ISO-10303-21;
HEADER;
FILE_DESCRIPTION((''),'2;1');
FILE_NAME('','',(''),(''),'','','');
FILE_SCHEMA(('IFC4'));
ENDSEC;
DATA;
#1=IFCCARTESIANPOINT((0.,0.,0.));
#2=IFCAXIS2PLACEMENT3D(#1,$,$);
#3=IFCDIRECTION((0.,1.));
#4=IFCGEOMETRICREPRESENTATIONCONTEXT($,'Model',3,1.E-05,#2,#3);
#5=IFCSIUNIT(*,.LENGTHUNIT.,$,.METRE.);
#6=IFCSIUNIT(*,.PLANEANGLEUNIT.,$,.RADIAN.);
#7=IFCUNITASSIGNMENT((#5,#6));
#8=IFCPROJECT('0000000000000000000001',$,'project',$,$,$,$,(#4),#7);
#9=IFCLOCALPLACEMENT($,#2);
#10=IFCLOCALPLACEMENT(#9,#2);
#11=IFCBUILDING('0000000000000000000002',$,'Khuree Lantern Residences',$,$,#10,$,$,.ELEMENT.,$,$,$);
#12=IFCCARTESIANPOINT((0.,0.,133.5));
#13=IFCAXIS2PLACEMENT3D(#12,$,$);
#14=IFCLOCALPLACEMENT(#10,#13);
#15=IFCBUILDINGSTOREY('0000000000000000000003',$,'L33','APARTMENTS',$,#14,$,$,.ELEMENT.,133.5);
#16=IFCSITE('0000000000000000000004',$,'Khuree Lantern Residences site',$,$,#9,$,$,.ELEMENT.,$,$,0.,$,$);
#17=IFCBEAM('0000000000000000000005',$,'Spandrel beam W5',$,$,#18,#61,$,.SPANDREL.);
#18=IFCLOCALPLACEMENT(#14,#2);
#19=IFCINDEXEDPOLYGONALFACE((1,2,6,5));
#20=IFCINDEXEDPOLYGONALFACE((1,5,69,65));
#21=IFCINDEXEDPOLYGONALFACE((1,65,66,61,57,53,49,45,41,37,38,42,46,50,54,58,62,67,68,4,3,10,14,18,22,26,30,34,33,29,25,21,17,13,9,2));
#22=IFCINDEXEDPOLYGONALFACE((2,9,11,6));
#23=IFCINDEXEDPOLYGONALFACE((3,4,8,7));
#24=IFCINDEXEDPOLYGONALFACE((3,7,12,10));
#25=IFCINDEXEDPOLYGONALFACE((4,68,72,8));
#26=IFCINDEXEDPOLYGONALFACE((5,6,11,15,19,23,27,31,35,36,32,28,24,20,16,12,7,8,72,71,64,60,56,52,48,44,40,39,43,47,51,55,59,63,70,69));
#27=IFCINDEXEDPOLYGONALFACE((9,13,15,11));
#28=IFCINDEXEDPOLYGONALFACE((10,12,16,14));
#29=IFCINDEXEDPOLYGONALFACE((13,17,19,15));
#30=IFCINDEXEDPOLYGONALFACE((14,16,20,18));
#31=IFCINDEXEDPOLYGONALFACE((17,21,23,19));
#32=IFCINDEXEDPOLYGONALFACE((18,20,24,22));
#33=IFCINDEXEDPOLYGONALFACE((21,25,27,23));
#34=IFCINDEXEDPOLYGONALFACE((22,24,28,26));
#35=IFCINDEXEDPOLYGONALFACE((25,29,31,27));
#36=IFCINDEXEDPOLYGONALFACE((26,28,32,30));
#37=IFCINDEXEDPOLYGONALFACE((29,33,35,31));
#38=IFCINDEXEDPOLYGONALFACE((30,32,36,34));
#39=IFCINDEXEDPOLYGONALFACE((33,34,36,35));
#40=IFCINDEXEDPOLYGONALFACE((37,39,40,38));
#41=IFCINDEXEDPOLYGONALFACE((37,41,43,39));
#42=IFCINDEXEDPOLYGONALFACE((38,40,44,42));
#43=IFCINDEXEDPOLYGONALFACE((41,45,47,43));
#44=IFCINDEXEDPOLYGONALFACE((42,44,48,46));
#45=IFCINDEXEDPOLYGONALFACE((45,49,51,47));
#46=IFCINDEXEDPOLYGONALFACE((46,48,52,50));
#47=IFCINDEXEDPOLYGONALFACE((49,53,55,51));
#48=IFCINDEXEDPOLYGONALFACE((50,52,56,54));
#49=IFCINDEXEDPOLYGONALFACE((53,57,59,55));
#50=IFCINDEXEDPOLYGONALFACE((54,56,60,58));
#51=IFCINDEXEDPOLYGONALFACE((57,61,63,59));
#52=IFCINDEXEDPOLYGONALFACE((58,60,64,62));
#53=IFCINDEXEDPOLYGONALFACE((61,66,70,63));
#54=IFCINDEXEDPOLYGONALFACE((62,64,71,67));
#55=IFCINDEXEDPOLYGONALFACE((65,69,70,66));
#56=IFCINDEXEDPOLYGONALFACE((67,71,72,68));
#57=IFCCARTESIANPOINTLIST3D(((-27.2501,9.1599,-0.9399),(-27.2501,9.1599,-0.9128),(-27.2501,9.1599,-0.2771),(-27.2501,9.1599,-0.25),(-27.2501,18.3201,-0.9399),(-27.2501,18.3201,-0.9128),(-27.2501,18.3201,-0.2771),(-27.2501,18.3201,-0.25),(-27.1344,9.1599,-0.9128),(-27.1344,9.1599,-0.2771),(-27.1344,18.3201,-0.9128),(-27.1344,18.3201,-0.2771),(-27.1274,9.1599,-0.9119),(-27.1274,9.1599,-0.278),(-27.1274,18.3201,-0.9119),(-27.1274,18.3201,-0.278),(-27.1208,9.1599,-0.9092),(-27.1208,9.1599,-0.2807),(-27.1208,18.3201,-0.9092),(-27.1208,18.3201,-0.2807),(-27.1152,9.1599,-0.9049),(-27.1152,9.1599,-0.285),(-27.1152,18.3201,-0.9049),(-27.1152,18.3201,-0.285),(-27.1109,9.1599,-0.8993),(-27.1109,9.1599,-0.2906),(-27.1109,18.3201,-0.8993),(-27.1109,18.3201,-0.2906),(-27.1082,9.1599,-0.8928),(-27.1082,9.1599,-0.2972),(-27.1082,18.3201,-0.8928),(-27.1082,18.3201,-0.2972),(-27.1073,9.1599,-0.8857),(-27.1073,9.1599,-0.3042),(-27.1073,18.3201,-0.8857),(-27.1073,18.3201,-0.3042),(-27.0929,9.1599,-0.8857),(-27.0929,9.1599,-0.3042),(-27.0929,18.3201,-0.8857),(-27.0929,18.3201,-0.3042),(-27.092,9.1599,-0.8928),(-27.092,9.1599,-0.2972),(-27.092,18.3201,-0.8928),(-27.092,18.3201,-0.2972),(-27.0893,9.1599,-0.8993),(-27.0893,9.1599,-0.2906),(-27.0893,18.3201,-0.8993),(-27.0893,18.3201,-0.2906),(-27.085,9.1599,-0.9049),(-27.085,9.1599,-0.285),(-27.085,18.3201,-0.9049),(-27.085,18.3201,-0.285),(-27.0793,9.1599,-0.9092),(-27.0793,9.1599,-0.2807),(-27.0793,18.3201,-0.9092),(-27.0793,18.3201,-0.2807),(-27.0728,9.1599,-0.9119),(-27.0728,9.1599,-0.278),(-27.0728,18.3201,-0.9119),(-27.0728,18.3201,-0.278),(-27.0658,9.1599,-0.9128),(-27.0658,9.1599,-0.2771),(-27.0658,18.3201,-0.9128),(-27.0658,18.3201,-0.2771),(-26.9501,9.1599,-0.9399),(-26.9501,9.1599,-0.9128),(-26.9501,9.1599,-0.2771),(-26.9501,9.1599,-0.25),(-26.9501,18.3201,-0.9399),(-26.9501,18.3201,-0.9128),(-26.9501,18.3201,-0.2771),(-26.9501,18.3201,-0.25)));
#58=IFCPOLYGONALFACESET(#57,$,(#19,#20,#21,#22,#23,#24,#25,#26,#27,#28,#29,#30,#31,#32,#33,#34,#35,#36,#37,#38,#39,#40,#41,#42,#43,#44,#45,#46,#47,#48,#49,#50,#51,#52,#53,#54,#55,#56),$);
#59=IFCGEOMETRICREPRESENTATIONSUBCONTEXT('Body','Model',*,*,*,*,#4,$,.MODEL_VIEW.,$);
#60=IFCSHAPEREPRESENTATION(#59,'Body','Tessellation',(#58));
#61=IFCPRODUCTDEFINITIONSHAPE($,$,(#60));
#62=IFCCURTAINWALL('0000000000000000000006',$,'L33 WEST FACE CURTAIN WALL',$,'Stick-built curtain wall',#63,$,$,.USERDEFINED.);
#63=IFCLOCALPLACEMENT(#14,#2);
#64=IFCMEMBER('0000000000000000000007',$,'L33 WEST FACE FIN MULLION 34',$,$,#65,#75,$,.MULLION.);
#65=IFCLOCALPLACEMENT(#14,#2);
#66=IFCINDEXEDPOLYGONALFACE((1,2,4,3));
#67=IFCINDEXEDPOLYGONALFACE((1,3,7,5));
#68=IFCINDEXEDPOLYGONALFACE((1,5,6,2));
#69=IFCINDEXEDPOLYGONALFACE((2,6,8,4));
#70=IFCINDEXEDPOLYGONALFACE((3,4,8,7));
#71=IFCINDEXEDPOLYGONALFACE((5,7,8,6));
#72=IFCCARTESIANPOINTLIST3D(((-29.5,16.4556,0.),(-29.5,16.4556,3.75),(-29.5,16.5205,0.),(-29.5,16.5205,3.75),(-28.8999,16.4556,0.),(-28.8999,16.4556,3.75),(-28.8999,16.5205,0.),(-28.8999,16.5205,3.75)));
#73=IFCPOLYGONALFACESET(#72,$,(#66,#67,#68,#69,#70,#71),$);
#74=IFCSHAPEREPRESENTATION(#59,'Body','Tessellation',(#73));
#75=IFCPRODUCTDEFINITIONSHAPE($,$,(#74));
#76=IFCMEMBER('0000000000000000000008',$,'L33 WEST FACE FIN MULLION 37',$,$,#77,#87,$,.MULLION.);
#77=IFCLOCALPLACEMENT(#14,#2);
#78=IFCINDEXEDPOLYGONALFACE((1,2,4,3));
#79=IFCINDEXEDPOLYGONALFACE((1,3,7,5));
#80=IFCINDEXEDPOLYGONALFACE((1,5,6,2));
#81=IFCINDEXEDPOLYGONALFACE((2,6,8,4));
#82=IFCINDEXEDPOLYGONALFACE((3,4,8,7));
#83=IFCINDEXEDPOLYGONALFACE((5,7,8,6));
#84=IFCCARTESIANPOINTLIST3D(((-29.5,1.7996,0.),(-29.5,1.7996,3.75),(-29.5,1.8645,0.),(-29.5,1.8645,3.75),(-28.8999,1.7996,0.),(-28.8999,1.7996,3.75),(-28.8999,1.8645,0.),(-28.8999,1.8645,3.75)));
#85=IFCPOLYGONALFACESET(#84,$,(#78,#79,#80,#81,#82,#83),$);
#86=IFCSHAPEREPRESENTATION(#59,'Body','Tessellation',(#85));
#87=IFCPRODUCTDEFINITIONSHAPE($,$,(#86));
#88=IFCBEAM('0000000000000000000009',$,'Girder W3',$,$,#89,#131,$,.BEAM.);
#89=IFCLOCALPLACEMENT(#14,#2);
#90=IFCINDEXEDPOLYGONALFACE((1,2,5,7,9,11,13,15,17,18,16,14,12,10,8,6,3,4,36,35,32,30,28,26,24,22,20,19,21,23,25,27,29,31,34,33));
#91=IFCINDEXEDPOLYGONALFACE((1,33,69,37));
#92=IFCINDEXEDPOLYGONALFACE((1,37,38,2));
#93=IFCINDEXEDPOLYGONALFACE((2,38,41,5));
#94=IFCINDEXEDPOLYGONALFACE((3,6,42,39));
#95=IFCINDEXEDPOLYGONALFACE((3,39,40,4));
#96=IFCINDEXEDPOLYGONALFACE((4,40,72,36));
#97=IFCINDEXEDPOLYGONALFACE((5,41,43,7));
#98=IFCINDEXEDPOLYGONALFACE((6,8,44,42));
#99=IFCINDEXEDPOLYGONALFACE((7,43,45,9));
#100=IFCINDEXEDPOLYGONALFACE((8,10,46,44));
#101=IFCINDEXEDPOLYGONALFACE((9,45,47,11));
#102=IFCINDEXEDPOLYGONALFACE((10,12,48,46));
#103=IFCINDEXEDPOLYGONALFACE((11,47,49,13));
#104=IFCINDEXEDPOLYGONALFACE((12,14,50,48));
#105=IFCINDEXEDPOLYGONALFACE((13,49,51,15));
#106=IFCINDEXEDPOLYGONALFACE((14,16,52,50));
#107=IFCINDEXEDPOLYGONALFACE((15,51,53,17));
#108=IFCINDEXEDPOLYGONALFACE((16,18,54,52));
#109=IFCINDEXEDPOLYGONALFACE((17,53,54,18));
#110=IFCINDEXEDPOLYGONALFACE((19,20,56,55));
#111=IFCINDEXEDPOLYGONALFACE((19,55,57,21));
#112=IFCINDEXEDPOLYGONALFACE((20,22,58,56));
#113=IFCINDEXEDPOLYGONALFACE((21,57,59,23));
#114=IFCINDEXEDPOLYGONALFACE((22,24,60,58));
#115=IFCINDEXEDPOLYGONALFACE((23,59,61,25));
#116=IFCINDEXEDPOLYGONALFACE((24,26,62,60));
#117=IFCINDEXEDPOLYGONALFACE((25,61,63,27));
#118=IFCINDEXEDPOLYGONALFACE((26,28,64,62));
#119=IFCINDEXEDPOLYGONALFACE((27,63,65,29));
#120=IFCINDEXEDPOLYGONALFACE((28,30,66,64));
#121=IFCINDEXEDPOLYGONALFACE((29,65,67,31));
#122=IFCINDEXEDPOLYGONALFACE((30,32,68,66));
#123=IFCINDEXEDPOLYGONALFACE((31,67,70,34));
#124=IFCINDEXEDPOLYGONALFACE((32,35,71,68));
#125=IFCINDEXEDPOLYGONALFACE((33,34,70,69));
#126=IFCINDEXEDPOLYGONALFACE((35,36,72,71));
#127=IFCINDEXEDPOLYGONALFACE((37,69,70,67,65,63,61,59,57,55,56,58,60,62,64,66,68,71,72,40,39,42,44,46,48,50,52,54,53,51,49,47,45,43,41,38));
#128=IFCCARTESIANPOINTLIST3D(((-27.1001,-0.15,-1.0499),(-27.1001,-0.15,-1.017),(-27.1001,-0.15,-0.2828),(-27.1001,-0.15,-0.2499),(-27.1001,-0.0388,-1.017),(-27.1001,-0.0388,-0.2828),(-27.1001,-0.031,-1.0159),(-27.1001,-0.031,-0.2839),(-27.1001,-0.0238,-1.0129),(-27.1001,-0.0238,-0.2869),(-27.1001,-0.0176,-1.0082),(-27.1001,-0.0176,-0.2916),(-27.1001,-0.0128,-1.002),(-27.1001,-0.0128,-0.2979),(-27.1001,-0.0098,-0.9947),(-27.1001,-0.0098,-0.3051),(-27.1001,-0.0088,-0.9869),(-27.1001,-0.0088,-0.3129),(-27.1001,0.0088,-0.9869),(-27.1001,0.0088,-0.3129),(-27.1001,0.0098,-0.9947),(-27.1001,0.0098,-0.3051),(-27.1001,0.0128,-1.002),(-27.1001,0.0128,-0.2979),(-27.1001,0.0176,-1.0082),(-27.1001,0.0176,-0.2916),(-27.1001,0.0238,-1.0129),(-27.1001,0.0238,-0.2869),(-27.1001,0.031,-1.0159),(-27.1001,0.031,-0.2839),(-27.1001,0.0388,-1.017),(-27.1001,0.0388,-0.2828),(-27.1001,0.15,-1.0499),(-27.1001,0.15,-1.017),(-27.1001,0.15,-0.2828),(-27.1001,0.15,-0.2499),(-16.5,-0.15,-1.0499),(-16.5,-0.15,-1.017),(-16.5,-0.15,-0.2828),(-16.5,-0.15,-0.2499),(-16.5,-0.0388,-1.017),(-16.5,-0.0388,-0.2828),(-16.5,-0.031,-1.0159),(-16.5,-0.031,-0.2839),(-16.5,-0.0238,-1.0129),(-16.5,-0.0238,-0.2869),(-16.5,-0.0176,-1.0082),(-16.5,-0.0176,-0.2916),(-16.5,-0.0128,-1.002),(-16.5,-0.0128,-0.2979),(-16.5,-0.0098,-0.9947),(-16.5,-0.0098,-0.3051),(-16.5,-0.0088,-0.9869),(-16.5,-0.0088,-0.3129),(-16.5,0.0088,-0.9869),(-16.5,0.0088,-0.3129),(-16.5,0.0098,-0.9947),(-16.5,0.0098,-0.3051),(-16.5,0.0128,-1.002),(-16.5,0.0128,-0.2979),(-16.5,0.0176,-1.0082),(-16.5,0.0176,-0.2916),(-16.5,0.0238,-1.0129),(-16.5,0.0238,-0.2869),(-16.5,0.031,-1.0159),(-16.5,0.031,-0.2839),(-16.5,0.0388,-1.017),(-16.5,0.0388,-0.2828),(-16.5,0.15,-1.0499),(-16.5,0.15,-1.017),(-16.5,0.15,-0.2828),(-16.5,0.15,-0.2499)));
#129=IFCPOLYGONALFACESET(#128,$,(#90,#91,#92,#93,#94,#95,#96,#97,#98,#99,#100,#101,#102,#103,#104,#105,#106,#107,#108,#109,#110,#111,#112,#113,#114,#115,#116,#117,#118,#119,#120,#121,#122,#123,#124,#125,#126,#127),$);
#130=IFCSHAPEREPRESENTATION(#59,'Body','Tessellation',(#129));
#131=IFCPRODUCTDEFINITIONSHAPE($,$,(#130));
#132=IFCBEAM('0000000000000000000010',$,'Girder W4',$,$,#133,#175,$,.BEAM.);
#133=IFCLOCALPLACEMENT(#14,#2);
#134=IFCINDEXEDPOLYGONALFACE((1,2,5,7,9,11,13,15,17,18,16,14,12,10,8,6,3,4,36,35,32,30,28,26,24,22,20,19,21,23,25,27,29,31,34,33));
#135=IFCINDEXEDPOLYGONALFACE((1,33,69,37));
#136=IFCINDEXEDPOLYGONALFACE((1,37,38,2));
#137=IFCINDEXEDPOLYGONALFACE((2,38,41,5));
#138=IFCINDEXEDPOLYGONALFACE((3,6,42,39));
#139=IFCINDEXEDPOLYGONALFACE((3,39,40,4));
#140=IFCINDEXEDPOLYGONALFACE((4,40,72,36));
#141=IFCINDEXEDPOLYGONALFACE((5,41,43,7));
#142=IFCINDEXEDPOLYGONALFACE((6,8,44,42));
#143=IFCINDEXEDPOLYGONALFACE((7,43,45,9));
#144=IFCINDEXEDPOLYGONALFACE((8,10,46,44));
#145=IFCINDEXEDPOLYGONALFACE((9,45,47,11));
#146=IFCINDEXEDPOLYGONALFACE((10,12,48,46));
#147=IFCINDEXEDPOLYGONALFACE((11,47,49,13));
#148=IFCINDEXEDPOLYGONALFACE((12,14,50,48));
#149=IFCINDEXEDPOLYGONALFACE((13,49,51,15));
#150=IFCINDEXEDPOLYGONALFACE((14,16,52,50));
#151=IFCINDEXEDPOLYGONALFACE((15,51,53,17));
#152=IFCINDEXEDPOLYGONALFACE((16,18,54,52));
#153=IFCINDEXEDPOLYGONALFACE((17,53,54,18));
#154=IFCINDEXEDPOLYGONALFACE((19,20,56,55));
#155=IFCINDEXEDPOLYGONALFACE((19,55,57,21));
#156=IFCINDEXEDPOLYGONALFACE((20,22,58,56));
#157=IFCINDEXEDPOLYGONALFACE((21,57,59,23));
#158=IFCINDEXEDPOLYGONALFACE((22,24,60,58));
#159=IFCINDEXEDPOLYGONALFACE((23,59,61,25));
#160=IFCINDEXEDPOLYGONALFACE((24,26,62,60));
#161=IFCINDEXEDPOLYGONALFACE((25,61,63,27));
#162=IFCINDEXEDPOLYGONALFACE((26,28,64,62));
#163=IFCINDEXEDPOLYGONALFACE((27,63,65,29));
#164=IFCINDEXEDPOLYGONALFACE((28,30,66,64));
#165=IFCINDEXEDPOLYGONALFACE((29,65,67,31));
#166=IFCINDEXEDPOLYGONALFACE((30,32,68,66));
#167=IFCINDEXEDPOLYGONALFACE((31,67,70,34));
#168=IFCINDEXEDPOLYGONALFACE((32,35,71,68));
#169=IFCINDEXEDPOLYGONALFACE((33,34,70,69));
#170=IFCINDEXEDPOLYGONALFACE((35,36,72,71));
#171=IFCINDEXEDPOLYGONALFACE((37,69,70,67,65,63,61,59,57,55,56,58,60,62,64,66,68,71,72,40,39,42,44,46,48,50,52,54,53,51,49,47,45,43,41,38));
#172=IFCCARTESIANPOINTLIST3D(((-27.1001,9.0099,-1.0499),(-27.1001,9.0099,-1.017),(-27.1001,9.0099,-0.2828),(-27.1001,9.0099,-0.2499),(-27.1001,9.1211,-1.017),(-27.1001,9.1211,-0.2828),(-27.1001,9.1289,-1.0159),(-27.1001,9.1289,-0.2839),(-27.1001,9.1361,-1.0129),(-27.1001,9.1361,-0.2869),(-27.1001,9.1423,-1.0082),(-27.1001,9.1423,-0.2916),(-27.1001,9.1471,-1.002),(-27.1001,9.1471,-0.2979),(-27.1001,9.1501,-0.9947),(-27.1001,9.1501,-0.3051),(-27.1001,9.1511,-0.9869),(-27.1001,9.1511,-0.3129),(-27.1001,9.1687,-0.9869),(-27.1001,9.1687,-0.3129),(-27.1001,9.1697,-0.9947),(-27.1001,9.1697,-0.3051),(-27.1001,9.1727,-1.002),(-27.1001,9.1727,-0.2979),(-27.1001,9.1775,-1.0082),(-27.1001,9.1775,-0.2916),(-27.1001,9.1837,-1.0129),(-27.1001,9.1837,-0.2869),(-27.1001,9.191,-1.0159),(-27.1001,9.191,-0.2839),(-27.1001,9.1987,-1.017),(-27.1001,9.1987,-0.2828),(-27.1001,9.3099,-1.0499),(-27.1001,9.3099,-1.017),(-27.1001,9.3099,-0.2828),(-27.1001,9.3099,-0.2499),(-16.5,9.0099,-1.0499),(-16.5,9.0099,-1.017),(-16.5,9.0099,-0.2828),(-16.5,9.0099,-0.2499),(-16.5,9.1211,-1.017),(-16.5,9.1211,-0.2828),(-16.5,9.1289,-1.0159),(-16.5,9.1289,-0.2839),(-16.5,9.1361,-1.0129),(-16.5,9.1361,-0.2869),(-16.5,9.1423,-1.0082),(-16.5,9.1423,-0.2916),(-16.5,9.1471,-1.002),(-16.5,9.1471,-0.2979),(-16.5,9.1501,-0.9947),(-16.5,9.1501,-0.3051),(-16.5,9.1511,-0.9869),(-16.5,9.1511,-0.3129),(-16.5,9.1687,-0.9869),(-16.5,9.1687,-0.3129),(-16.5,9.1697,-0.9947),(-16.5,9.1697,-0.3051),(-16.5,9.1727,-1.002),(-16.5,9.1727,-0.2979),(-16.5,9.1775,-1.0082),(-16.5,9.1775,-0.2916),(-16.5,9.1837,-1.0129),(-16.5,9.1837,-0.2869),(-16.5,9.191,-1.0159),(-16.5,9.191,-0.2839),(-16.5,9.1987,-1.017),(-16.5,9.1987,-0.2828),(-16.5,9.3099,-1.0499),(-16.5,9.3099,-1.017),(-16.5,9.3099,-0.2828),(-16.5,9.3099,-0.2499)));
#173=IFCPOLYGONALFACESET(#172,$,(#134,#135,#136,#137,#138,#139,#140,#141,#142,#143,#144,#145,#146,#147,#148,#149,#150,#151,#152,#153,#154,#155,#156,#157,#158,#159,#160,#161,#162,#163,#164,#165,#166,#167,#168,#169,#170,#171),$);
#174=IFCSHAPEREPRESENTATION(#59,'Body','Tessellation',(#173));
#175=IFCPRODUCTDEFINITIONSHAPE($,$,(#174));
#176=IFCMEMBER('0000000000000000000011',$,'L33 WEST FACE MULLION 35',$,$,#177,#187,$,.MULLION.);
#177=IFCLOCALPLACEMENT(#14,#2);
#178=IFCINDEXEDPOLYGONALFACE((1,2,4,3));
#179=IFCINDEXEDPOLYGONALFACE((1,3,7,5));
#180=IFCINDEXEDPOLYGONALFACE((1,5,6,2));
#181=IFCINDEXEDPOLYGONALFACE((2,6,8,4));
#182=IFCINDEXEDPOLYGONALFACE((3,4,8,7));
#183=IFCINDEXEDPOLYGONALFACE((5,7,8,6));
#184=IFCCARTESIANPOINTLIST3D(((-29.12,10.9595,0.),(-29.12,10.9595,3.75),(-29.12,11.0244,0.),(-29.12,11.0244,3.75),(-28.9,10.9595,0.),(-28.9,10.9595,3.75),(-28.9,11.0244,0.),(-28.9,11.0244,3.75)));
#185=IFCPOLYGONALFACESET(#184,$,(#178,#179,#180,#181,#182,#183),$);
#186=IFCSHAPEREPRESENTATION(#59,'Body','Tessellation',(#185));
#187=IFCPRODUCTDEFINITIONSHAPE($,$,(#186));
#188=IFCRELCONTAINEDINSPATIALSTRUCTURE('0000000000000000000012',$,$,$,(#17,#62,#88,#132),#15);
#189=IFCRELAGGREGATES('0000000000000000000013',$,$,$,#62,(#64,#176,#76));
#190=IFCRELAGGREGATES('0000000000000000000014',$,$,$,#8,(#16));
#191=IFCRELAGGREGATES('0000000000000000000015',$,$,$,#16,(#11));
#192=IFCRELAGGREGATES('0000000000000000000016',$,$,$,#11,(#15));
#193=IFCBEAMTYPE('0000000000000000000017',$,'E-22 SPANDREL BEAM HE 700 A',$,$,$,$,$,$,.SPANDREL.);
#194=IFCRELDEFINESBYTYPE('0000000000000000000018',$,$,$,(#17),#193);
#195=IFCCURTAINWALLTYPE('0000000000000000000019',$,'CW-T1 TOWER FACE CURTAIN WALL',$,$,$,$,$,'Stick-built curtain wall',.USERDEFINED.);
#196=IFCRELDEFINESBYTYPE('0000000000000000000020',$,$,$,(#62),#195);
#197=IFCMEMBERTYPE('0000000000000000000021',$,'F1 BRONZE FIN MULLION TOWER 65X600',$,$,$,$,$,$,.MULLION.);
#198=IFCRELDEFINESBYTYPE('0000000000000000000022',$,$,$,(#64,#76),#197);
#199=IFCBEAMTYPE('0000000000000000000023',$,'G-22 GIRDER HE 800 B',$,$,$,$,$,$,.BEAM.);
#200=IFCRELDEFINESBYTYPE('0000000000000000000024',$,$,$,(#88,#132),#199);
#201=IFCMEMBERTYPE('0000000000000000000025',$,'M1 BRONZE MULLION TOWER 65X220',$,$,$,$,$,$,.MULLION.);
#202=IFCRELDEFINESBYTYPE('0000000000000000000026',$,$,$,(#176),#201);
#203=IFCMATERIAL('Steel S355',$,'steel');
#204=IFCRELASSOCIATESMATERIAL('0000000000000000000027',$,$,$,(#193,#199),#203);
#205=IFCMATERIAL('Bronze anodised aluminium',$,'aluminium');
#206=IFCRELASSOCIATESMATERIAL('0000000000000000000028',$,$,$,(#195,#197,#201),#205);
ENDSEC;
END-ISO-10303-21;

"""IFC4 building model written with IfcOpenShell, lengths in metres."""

from ifc_helpers import new_model, si_unit, direction, frame, origin, origin_2d, place, context, subcontext, project, spatial, rectangle, i_section, extrude, material, material_profile, profile_set, type_object, element, aggregate, save


model = new_model("IFC4")

# Units and contexts
model_context = context("Model", 3, precision=1e-05, world=origin(), true_north=direction((0.0, 1.0)))
body_context = subcontext(model_context, "Body", "Model", "MODEL_VIEW")
ifc_project = project(units=[si_unit("LENGTHUNIT", "METRE"), si_unit("PLANEANGLEUNIT", "RADIAN")], contexts=[model_context])

# Site, building, storey
site_placement = place(None, origin())
site = spatial("IfcSite", under=ifc_project, at=site_placement, Name="Khuree Lantern Residences site", CompositionType="ELEMENT", RefElevation=0.0)
building_placement = place(site_placement, origin())
building = spatial("IfcBuilding", under=site, at=building_placement, Name="Khuree Lantern Residences", CompositionType="ELEMENT")
storey_placement = place(building_placement, frame((0.0, 0.0, 133.5)))
storey = spatial("IfcBuildingStorey", under=building, at=storey_placement, Name="L33", Description="APARTMENTS", CompositionType="ELEMENT", Elevation=133.5)

# Beam
ifc_material_1 = material(Name="Steel S355", Category="steel")
ifc_material_profile_1 = material_profile(ifc_material_1, i_section(OverallWidth=0.3, OverallDepth=0.6899, WebThickness=0.0144, FlangeThickness=0.0271, FilletRadius=0.0271, at=origin_2d()), Name="HE 700 A")
ifc_profile_set_1 = profile_set([ifc_material_profile_1], Name="Steel S355")
beam_type_1 = type_object("IfcBeamType", Name="E-22 SPANDREL BEAM HE 700 A", PredefinedType="SPANDREL", material=ifc_profile_set_1)
beam_1_placement = place(storey_placement, frame((-27.1001, 9.1599, -0.595), z_axis=(0.0, 1.0, 0.0), x_axis=(-1.0, 0.0, 0.0)))
element("IfcBeam", 1, at=beam_1_placement, inside=storey, type_object=beam_type_1, Name="Spandrel beam W5", PredefinedType="SPANDREL", context=body_context, shape_type="SweptSolid", body=[
    extrude(i_section(OverallWidth=0.3, OverallDepth=0.6899, WebThickness=0.0144, FlangeThickness=0.0271, FilletRadius=0.0271, at=origin_2d()), origin(), (0.0, 0.0, 1.0), 9.1602),
])

# Curtain wall, members
ifc_material_2 = material(Name="Bronze anodised aluminium", Category="aluminium")
curtain_wall_type = type_object("IfcCurtainWallType", Name="CW-T1 TOWER FACE CURTAIN WALL", ElementType="Stick-built curtain wall", PredefinedType="USERDEFINED", material=ifc_material_2)
curtain_wall_placement = place(storey_placement, origin())
curtain_wall = element("IfcCurtainWall", 2, at=curtain_wall_placement, inside=storey, type_object=curtain_wall_type, Name="L33 WEST FACE CURTAIN WALL", ObjectType="Stick-built curtain wall", PredefinedType="USERDEFINED")
ifc_material_profile_2 = material_profile(ifc_material_2, rectangle(XDim=0.0649, YDim=0.6001, at=origin_2d()), Name="F1 65X600")
ifc_profile_set_2 = profile_set([ifc_material_profile_2], Name="Bronze anodised aluminium")
member_type_1 = type_object("IfcMemberType", Name="F1 BRONZE FIN MULLION TOWER 65X600", PredefinedType="MULLION", material=ifc_profile_set_2)
member_1_placement = place(storey_placement, frame((-29.2, 16.488, 0.0), z_axis=(0.0, 0.0, 1.0), x_axis=(0.0, -1.0, 0.0)))
member_1 = element("IfcMember", 3, at=member_1_placement, type_object=member_type_1, Name="L33 WEST FACE FIN MULLION 34", PredefinedType="MULLION", context=body_context, shape_type="SweptSolid", body=[
    extrude(rectangle(XDim=0.0649, YDim=0.6001, at=origin_2d()), origin(), (0.0, 0.0, 1.0), 3.75),
])
member_2_placement = place(storey_placement, frame((-29.2, 1.832, 0.0), z_axis=(0.0, 0.0, 1.0), x_axis=(0.0, -1.0, 0.0)))
member_2 = element("IfcMember", 4, at=member_2_placement, type_object=member_type_1, Name="L33 WEST FACE FIN MULLION 37", PredefinedType="MULLION", context=body_context, shape_type="SweptSolid", body=[
    extrude(rectangle(XDim=0.0649, YDim=0.6001, at=origin_2d()), origin(), (0.0, 0.0, 1.0), 3.75),
])

# Beams
ifc_material_profile_3 = material_profile(ifc_material_1, i_section(OverallWidth=0.3, OverallDepth=0.8, WebThickness=0.0176, FlangeThickness=0.033, FilletRadius=0.03, at=origin_2d()), Name="HE 800 B")
ifc_profile_set_3 = profile_set([ifc_material_profile_3], Name="Steel S355")
beam_type_2 = type_object("IfcBeamType", Name="G-22 GIRDER HE 800 B", PredefinedType="BEAM", material=ifc_profile_set_3)
for number, where, z_axis, x_axis, name in (
    (5, (-27.1001, 0.0, -0.6499), (1.0, 0.0, 0.0), (0.0, 1.0, 0.0), "Girder W3"),
    (6, (-27.1001, 9.1599, -0.6499), (1.0, 0.0, 0.0), (0.0, 1.0, 0.0), "Girder W4"),
):
    element("IfcBeam", number, at=place(storey_placement, frame(where, z_axis=z_axis, x_axis=x_axis)), inside=storey, type_object=beam_type_2, Name=name, PredefinedType="BEAM", context=body_context, shape_type="SweptSolid", body=[
        extrude(i_section(OverallWidth=0.3, OverallDepth=0.8, WebThickness=0.0176, FlangeThickness=0.033, FilletRadius=0.03, at=origin_2d()), origin(), (0.0, 0.0, 1.0), 10.6001),
    ])

# Member
ifc_material_profile_4 = material_profile(ifc_material_2, rectangle(XDim=0.0649, YDim=0.22, at=origin_2d()), Name="M1 65X220")
ifc_profile_set_4 = profile_set([ifc_material_profile_4], Name="Bronze anodised aluminium")
member_type_2 = type_object("IfcMemberType", Name="M1 BRONZE MULLION TOWER 65X220", PredefinedType="MULLION", material=ifc_profile_set_4)
member_3_placement = place(storey_placement, frame((-29.01, 10.9919, 0.0), z_axis=(0.0, 0.0, 1.0), x_axis=(0.0, -1.0, 0.0)))
member_3 = element("IfcMember", 7, at=member_3_placement, type_object=member_type_2, Name="L33 WEST FACE MULLION 35", PredefinedType="MULLION", context=body_context, shape_type="SweptSolid", body=[
    extrude(rectangle(XDim=0.0649, YDim=0.22, at=origin_2d()), origin(), (0.0, 0.0, 1.0), 3.75),
])

aggregate(curtain_wall, [member_1, member_3, member_2])

save(model, "model.ifc")
